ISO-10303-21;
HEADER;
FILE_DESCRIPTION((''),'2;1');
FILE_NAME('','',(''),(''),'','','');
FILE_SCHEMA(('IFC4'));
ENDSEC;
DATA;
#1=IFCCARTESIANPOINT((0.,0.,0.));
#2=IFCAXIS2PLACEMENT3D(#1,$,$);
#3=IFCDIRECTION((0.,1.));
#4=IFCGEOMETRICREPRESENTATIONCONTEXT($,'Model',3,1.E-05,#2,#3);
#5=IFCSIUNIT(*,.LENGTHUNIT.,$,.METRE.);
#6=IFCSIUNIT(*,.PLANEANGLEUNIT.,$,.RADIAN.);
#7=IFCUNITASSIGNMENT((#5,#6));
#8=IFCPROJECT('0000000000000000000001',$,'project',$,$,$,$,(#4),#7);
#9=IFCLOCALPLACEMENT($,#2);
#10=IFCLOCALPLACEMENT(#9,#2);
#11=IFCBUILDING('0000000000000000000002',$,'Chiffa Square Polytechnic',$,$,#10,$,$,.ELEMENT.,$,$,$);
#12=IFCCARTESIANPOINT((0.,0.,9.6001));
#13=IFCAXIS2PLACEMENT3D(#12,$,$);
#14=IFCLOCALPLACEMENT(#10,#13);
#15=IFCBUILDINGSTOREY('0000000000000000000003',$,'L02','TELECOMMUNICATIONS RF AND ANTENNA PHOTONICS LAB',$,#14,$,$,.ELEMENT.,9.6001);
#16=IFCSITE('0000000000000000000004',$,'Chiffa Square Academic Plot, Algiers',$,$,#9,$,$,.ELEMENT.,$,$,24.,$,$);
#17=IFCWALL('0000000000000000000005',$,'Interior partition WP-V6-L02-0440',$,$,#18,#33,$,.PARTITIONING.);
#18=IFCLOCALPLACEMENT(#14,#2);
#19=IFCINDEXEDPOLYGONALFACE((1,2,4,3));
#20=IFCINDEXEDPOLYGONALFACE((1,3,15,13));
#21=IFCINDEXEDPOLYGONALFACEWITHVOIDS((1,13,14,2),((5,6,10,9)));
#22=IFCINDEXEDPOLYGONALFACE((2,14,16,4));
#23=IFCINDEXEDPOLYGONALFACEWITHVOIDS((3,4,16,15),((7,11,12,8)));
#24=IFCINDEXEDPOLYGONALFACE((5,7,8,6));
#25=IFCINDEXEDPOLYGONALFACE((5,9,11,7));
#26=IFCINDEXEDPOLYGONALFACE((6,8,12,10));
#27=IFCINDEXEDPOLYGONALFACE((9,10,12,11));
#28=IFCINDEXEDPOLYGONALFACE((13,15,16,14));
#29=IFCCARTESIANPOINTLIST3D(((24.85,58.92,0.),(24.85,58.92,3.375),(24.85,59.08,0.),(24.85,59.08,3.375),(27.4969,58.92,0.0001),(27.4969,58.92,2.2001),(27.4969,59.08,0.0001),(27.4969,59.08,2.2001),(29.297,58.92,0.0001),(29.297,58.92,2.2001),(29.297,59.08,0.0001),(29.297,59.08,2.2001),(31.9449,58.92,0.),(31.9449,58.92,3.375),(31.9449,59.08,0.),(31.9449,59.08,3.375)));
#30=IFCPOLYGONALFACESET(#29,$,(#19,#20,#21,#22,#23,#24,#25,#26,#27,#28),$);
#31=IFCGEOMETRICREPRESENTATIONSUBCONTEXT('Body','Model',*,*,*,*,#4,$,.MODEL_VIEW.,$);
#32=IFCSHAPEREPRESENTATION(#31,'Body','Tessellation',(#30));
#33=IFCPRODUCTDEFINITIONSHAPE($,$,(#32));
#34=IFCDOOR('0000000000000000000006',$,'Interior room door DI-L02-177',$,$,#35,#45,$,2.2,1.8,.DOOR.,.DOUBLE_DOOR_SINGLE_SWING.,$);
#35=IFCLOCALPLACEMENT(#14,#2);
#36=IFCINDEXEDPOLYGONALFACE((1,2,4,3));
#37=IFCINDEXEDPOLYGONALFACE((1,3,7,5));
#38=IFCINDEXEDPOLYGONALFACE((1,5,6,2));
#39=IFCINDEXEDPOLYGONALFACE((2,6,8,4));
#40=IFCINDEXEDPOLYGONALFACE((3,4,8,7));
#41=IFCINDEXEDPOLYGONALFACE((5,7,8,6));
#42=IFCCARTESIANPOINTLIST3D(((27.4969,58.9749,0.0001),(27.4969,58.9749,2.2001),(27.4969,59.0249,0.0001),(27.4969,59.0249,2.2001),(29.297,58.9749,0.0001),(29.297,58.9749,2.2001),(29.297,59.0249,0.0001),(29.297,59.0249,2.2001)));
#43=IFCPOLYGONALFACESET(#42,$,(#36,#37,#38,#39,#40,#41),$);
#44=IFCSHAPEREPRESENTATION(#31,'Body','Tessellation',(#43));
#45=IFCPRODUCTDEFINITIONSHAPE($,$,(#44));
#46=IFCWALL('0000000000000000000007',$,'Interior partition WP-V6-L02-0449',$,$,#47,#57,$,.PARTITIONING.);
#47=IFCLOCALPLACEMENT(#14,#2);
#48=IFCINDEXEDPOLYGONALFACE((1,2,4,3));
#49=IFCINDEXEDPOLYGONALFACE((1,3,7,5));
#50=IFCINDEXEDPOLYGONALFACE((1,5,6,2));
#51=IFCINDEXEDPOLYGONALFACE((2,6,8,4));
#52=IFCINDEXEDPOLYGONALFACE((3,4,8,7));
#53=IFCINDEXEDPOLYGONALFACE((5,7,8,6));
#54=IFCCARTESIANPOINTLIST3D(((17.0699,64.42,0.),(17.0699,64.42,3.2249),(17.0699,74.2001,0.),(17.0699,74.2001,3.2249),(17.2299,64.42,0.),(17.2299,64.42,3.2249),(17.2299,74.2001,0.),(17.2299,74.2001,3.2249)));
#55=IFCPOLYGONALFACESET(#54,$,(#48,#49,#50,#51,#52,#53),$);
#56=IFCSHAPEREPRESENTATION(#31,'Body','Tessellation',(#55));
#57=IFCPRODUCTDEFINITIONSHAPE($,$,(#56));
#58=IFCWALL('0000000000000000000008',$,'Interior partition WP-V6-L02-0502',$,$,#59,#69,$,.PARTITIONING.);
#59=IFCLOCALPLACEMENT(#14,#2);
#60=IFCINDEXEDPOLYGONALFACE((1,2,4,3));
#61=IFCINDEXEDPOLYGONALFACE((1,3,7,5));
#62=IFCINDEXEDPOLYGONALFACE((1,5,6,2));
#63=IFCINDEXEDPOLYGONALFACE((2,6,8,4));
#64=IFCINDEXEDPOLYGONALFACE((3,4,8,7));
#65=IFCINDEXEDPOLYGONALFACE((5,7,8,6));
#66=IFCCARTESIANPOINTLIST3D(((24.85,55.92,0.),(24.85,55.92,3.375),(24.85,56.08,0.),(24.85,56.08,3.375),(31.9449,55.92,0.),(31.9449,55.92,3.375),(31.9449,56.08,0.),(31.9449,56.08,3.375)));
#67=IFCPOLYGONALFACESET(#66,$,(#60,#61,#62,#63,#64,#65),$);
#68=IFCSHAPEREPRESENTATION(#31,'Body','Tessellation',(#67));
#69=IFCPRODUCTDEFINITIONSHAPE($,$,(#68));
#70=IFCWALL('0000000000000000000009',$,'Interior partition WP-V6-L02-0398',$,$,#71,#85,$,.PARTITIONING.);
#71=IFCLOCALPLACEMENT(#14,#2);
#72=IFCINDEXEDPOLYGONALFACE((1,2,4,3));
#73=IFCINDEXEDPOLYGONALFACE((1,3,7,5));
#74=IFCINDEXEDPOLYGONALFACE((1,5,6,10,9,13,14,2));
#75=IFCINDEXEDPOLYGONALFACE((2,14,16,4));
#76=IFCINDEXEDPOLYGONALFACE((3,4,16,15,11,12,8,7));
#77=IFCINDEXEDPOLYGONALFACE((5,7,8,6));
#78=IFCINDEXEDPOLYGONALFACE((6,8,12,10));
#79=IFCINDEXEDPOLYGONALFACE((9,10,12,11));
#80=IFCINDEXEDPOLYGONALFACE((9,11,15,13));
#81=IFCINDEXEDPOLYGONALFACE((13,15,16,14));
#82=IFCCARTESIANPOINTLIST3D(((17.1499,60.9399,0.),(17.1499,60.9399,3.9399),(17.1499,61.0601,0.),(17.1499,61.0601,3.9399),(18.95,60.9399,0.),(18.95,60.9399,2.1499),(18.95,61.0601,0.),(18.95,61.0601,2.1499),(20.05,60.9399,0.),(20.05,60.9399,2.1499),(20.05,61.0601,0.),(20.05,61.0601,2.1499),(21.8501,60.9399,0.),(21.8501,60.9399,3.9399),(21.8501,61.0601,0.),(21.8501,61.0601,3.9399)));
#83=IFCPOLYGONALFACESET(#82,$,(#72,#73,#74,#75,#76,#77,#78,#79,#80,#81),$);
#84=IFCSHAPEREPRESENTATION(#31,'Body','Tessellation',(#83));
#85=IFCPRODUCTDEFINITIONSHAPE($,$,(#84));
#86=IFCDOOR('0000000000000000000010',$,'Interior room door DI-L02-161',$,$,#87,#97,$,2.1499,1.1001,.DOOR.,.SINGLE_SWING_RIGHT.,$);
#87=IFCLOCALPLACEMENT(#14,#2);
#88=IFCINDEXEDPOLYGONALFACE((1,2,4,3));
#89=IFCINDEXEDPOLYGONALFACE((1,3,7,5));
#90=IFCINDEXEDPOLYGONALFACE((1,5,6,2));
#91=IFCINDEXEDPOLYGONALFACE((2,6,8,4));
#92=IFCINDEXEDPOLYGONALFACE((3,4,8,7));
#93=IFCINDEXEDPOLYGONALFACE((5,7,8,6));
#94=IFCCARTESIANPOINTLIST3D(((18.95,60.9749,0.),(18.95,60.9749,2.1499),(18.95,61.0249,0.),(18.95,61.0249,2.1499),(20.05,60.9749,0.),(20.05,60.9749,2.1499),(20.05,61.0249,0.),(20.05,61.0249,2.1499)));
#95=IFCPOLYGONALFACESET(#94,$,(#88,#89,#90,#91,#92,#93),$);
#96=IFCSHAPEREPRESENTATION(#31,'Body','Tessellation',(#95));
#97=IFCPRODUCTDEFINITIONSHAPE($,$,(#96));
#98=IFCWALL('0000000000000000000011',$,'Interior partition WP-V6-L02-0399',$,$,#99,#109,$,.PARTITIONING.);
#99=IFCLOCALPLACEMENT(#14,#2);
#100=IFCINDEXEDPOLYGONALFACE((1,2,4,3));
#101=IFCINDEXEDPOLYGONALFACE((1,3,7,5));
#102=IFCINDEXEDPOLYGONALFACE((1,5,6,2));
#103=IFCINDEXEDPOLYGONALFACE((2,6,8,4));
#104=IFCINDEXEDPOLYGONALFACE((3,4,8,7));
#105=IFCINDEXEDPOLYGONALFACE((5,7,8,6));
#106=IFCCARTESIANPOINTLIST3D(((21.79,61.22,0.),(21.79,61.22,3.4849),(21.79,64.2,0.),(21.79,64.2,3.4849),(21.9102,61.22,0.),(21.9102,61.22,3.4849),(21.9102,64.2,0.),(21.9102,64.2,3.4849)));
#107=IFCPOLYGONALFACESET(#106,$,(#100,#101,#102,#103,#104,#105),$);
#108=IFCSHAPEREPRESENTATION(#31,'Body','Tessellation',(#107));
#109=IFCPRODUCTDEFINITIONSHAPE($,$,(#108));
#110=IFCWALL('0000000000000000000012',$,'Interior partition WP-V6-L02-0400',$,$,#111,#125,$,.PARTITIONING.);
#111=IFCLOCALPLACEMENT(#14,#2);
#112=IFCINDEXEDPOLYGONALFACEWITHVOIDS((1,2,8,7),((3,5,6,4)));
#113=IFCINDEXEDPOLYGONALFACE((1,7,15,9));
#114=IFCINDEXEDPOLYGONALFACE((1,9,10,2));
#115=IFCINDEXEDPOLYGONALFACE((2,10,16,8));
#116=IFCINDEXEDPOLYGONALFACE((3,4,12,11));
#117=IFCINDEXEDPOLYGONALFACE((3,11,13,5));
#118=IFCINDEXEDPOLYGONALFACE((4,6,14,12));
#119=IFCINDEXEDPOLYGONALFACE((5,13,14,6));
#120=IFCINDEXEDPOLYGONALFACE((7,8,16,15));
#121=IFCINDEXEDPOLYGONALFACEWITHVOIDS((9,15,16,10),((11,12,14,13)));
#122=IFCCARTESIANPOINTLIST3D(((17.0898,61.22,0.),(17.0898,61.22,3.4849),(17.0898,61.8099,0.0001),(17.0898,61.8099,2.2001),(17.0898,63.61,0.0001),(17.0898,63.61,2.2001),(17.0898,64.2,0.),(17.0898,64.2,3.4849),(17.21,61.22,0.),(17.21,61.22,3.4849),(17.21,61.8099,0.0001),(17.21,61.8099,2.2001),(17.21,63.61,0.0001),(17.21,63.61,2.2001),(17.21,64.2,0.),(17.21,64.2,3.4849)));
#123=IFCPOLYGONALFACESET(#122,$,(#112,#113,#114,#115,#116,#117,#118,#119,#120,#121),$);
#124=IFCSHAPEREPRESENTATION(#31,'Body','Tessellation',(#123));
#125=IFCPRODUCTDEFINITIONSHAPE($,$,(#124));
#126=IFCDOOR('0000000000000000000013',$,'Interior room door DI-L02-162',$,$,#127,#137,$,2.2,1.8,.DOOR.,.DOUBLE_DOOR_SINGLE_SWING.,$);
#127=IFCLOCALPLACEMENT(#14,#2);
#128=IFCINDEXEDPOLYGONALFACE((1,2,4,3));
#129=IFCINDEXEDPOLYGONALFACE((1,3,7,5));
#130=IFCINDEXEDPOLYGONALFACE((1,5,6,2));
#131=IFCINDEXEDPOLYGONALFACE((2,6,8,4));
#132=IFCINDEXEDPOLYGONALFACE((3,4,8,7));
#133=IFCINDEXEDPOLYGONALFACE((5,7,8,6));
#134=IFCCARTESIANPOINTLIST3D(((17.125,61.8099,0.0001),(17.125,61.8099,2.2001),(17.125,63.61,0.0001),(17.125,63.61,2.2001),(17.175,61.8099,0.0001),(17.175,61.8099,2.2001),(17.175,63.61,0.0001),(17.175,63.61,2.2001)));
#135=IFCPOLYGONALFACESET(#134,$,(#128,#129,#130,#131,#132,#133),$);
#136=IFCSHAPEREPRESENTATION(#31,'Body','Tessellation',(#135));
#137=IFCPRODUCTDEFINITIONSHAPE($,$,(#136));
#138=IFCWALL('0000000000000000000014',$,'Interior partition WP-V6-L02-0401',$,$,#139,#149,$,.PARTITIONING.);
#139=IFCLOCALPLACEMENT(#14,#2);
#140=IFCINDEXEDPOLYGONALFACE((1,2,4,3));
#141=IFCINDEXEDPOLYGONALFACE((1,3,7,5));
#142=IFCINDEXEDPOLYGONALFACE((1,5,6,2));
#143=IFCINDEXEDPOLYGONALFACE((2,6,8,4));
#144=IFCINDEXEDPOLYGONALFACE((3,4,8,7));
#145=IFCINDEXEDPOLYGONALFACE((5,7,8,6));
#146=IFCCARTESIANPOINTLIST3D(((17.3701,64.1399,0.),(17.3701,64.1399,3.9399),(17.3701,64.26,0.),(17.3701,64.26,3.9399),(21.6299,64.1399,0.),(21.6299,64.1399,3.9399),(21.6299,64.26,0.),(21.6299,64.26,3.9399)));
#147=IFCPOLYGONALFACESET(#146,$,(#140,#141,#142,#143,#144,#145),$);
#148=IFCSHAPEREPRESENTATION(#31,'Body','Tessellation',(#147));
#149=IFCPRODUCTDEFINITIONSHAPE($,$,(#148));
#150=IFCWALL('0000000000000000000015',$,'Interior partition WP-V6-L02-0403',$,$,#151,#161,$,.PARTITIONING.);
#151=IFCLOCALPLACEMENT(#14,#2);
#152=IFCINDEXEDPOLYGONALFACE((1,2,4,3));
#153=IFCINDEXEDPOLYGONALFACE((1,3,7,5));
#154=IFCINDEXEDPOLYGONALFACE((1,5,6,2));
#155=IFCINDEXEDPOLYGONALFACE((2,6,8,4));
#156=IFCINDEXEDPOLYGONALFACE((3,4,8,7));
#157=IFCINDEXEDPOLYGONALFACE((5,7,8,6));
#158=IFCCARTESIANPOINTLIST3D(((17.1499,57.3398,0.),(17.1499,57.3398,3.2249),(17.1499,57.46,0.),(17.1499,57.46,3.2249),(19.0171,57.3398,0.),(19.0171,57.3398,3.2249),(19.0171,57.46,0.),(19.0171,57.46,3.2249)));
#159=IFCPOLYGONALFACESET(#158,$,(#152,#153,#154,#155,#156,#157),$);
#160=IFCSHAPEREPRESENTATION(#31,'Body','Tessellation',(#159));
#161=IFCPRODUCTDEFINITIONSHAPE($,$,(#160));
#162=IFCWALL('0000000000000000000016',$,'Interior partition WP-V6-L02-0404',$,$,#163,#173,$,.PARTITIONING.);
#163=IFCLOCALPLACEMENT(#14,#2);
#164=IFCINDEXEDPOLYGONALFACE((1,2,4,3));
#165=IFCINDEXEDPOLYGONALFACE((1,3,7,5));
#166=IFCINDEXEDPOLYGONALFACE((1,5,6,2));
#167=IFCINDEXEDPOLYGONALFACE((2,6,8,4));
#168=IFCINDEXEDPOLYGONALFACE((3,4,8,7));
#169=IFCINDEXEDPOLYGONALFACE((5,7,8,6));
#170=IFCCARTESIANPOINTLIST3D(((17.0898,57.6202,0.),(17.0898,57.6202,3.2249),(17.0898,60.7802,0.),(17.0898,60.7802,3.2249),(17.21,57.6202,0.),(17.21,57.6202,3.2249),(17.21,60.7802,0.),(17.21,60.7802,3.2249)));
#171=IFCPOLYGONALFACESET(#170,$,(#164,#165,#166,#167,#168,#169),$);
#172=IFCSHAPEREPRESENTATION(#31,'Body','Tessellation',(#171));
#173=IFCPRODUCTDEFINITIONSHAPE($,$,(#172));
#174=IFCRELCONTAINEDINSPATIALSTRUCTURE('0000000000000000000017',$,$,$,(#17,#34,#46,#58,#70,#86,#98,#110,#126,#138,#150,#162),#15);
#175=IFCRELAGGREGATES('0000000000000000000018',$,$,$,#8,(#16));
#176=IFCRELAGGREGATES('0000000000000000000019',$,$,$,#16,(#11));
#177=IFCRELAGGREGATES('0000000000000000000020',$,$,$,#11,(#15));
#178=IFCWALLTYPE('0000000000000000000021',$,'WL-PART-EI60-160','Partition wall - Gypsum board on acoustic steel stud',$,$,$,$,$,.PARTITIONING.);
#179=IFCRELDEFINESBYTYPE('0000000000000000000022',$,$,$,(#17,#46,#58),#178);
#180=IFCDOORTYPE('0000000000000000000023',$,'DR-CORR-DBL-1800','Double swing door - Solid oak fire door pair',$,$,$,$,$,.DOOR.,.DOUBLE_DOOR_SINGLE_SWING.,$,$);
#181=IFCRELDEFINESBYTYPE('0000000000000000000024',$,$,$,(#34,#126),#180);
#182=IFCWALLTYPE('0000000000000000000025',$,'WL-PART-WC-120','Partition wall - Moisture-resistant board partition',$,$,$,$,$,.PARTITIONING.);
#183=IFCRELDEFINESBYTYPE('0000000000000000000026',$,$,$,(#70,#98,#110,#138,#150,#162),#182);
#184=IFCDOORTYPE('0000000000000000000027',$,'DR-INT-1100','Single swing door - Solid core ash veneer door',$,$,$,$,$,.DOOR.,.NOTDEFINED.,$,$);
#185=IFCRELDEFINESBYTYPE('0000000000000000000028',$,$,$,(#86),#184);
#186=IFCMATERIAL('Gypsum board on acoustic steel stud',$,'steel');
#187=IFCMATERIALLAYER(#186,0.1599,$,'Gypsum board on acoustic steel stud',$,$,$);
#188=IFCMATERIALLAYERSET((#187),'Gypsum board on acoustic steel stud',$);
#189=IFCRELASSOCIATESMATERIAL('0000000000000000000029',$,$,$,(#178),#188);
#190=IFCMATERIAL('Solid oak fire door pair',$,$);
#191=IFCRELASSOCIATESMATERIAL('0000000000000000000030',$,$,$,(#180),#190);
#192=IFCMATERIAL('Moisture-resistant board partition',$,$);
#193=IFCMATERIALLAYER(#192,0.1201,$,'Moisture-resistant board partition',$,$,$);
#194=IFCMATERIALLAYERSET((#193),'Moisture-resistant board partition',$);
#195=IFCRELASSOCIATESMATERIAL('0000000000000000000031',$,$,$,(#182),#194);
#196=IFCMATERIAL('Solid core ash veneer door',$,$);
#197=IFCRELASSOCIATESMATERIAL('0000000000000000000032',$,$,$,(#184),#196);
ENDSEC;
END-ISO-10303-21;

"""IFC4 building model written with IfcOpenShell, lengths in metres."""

from ifc_helpers import new_model, si_unit, direction, frame, frame_2d, origin, place, context, subcontext, project, spatial, rectangle, extrude, material, layer, layer_set, type_object, element, fill, save


model = new_model("IFC4")

# Units and contexts
model_context = context("Model", 3, precision=1e-05, world=origin(), true_north=direction((0.0, 1.0)))
body_context = subcontext(model_context, "Body", "Model", "MODEL_VIEW")
ifc_project = project(units=[si_unit("LENGTHUNIT", "METRE"), si_unit("PLANEANGLEUNIT", "RADIAN")], contexts=[model_context])

# Site, building, storey
site_placement = place(None, origin())
site = spatial("IfcSite", under=ifc_project, at=site_placement, Name="Chiffa Square Academic Plot, Algiers", CompositionType="ELEMENT", RefElevation=24.0)
building_placement = place(site_placement, origin())
building = spatial("IfcBuilding", under=site, at=building_placement, Name="Chiffa Square Polytechnic", CompositionType="ELEMENT")
storey_placement = place(building_placement, frame((0.0, 0.0, 9.6001)))
storey = spatial("IfcBuildingStorey", under=building, at=storey_placement, Name="L02", Description="TELECOMMUNICATIONS RF AND ANTENNA PHOTONICS LAB", CompositionType="ELEMENT", Elevation=9.6001)

# Shared definitions
ifc_material_1 = material(Name="Gypsum board on acoustic steel stud", Category="steel")
ifc_layer_1 = layer(ifc_material_1, 0.1599, Name="Gypsum board on acoustic steel stud")
ifc_layer_set_1 = layer_set([ifc_layer_1], Name="Gypsum board on acoustic steel stud")
wall_type_1 = type_object("IfcWallType", Name="WL-PART-EI60-160", Description="Partition wall - Gypsum board on acoustic steel stud", PredefinedType="PARTITIONING", material=ifc_layer_set_1)

# Wall, opening, door
wall_1_placement = place(storey_placement, frame((24.8501, 59.0, 0.0), z_axis=(0.0, 0.0, 1.0), x_axis=(1.0, 0.0, 0.0)))
wall_1 = element("IfcWall", 1, at=wall_1_placement, inside=storey, type_object=wall_type_1, Name="Interior partition WP-V6-L02-0440", PredefinedType="PARTITIONING", context=body_context, shape_type="SweptSolid", body=[
    extrude(rectangle(XDim=7.095, YDim=0.1599, at=frame_2d((3.5474, 0.0))), origin(), (0.0, 0.0, 1.0), 3.375),
])
opening_1_placement = place(wall_1_placement, frame((2.647, 0.0, 0.0)))
opening_1 = element("IfcOpeningElement", 2, at=opening_1_placement, cuts=wall_1, PredefinedType="OPENING", context=body_context, shape_type="SweptSolid", body=[
    extrude(rectangle(XDim=1.8, YDim=2.2, at=frame_2d((0.8999, 1.1001))), frame((0.0, 0.0898, 0.0), z_axis=(0.0, -1.0, 0.0), x_axis=(1.0, 0.0, 0.0)), (0.0, 0.0, 1.0), 0.1799),
])
ifc_material_2 = material(Name="Solid oak fire door pair")
door_type_1 = type_object("IfcDoorType", Name="DR-CORR-DBL-1800", Description="Double swing door - Solid oak fire door pair", OperationType="DOUBLE_DOOR_SINGLE_SWING", PredefinedType="DOOR", material=ifc_material_2)
door_1_placement = place(opening_1_placement, origin())
door_1 = element("IfcDoor", 3, at=door_1_placement, inside=storey, type_object=door_type_1, Name="Interior room door DI-L02-177", OperationType="DOUBLE_DOOR_SINGLE_SWING", OverallHeight=2.2, OverallWidth=1.8, PredefinedType="DOOR", context=body_context, shape_type="SweptSolid", body=[
    extrude(rectangle(XDim=1.8, YDim=2.2, at=frame_2d((0.8999, 1.1001))), frame((0.0, 0.0249, 0.0), z_axis=(0.0, -1.0, 0.0), x_axis=(1.0, 0.0, 0.0)), (0.0, 0.0, 1.0), 0.05),
])
fill(opening_1, door_1)

# Walls
wall_2_placement = place(storey_placement, frame((17.1499, 64.4199, 0.0), z_axis=(0.0, 0.0, 1.0), x_axis=(0.0, 1.0, 0.0)))
element("IfcWall", 4, at=wall_2_placement, inside=storey, type_object=wall_type_1, Name="Interior partition WP-V6-L02-0449", PredefinedType="PARTITIONING", context=body_context, shape_type="SweptSolid", body=[
    extrude(rectangle(XDim=9.78, YDim=0.1599, at=frame_2d((4.8901, 0.0))), origin(), (0.0, 0.0, 1.0), 3.2249),
])
wall_3_placement = place(storey_placement, frame((24.8501, 56.0, 0.0), z_axis=(0.0, 0.0, 1.0), x_axis=(1.0, 0.0, 0.0)))
element("IfcWall", 5, at=wall_3_placement, inside=storey, type_object=wall_type_1, Name="Interior partition WP-V6-L02-0502", PredefinedType="PARTITIONING", context=body_context, shape_type="SweptSolid", body=[
    extrude(rectangle(XDim=7.095, YDim=0.1599, at=frame_2d((3.5474, 0.0))), origin(), (0.0, 0.0, 1.0), 3.375),
])

# Wall, opening, door
ifc_material_3 = material(Name="Moisture-resistant board partition")
ifc_layer_2 = layer(ifc_material_3, 0.1201, Name="Moisture-resistant board partition")
ifc_layer_set_2 = layer_set([ifc_layer_2], Name="Moisture-resistant board partition")
wall_type_2 = type_object("IfcWallType", Name="WL-PART-WC-120", Description="Partition wall - Moisture-resistant board partition", PredefinedType="PARTITIONING", material=ifc_layer_set_2)
wall_4_placement = place(storey_placement, frame((17.1499, 61.0, 0.0), z_axis=(0.0, 0.0, 1.0), x_axis=(1.0, 0.0, 0.0)))
wall_4 = element("IfcWall", 6, at=wall_4_placement, inside=storey, type_object=wall_type_2, Name="Interior partition WP-V6-L02-0398", PredefinedType="PARTITIONING", context=body_context, shape_type="SweptSolid", body=[
    extrude(rectangle(XDim=4.7002, YDim=0.1201, at=frame_2d((2.3501, 0.0))), origin(), (0.0, 0.0, 1.0), 3.9399),
])
opening_2_placement = place(wall_4_placement, frame((1.8, 0.0, 0.0)))
opening_2 = element("IfcOpeningElement", 7, at=opening_2_placement, cuts=wall_4, PredefinedType="OPENING", context=body_context, shape_type="SweptSolid", body=[
    extrude(rectangle(XDim=1.1001, YDim=2.1499, at=frame_2d((0.55, 1.075))), frame((0.0, 0.0701, 0.0), z_axis=(0.0, -1.0, 0.0), x_axis=(1.0, 0.0, 0.0)), (0.0, 0.0, 1.0), 0.1401),
])
ifc_material_4 = material(Name="Solid core ash veneer door")
door_type_2 = type_object("IfcDoorType", Name="DR-INT-1100", Description="Single swing door - Solid core ash veneer door", OperationType="NOTDEFINED", PredefinedType="DOOR", material=ifc_material_4)
door_2_placement = place(opening_2_placement, origin())
door_2 = element("IfcDoor", 8, at=door_2_placement, inside=storey, type_object=door_type_2, Name="Interior room door DI-L02-161", OperationType="SINGLE_SWING_RIGHT", OverallHeight=2.1499, OverallWidth=1.1001, PredefinedType="DOOR", context=body_context, shape_type="SweptSolid", body=[
    extrude(rectangle(XDim=1.1001, YDim=2.1499, at=frame_2d((0.55, 1.075))), frame((0.0, 0.0249, 0.0), z_axis=(0.0, -1.0, 0.0), x_axis=(1.0, 0.0, 0.0)), (0.0, 0.0, 1.0), 0.05),
])
fill(opening_2, door_2)

# Wall
wall_5_placement = place(storey_placement, frame((21.8501, 61.22, 0.0), z_axis=(0.0, 0.0, 1.0), x_axis=(0.0, 1.0, 0.0)))
element("IfcWall", 9, at=wall_5_placement, inside=storey, type_object=wall_type_2, Name="Interior partition WP-V6-L02-0399", PredefinedType="PARTITIONING", context=body_context, shape_type="SweptSolid", body=[
    extrude(rectangle(XDim=2.98, YDim=0.1201, at=frame_2d((1.49, 0.0))), origin(), (0.0, 0.0, 1.0), 3.4849),
])

# Wall, opening, door
wall_6_placement = place(storey_placement, frame((17.1499, 61.22, 0.0), z_axis=(0.0, 0.0, 1.0), x_axis=(0.0, 1.0, 0.0)))
wall_6 = element("IfcWall", 10, at=wall_6_placement, inside=storey, type_object=wall_type_2, Name="Interior partition WP-V6-L02-0400", PredefinedType="PARTITIONING", context=body_context, shape_type="SweptSolid", body=[
    extrude(rectangle(XDim=2.98, YDim=0.1201, at=frame_2d((1.49, 0.0))), origin(), (0.0, 0.0, 1.0), 3.4849),
])
opening_3_placement = place(wall_6_placement, frame((0.5901, 0.0, 0.0)))
opening_3 = element("IfcOpeningElement", 11, at=opening_3_placement, cuts=wall_6, PredefinedType="OPENING", context=body_context, shape_type="SweptSolid", body=[
    extrude(rectangle(XDim=1.8, YDim=2.2, at=frame_2d((0.8999, 1.1001))), frame((0.0, 0.0701, 0.0), z_axis=(0.0, -1.0, 0.0), x_axis=(1.0, 0.0, 0.0)), (0.0, 0.0, 1.0), 0.1401),
])
door_3_placement = place(opening_3_placement, origin())
door_3 = element("IfcDoor", 12, at=door_3_placement, inside=storey, type_object=door_type_1, Name="Interior room door DI-L02-162", OperationType="DOUBLE_DOOR_SINGLE_SWING", OverallHeight=2.2, OverallWidth=1.8, PredefinedType="DOOR", context=body_context, shape_type="SweptSolid", body=[
    extrude(rectangle(XDim=1.8, YDim=2.2, at=frame_2d((0.8999, 1.1001))), frame((0.0, 0.0249, 0.0), z_axis=(0.0, -1.0, 0.0), x_axis=(1.0, 0.0, 0.0)), (0.0, 0.0, 1.0), 0.05),
])
fill(opening_3, door_3)

# Wall
wall_7_placement = place(storey_placement, frame((17.3701, 64.2, 0.0), z_axis=(0.0, 0.0, 1.0), x_axis=(1.0, 0.0, 0.0)))
element("IfcWall", 13, at=wall_7_placement, inside=storey, type_object=wall_type_2, Name="Interior partition WP-V6-L02-0401", PredefinedType="PARTITIONING", context=body_context, shape_type="SweptSolid", body=[
    extrude(rectangle(XDim=4.2598, YDim=0.1201, at=frame_2d((2.1299, 0.0))), origin(), (0.0, 0.0, 1.0), 3.9399),
])

# Walls
wall_8_placement = place(storey_placement, frame((17.1499, 57.3999, 0.0), z_axis=(0.0, 0.0, 1.0), x_axis=(1.0, 0.0, 0.0)))
element("IfcWall", 14, at=wall_8_placement, inside=storey, type_object=wall_type_2, Name="Interior partition WP-V6-L02-0403", PredefinedType="PARTITIONING", context=body_context, shape_type="SweptSolid", body=[
    extrude(rectangle(XDim=1.8672, YDim=0.1201, at=frame_2d((0.9336, 0.0))), origin(), (0.0, 0.0, 1.0), 3.2249),
])
wall_9_placement = place(storey_placement, frame((17.1499, 57.6201, 0.0), z_axis=(0.0, 0.0, 1.0), x_axis=(0.0, 1.0, 0.0)))
element("IfcWall", 15, at=wall_9_placement, inside=storey, type_object=wall_type_2, Name="Interior partition WP-V6-L02-0404", PredefinedType="PARTITIONING", context=body_context, shape_type="SweptSolid", body=[
    extrude(rectangle(XDim=3.1599, YDim=0.1201, at=frame_2d((1.5801, 0.0))), origin(), (0.0, 0.0, 1.0), 3.2249),
])

save(model, "model.ifc")
